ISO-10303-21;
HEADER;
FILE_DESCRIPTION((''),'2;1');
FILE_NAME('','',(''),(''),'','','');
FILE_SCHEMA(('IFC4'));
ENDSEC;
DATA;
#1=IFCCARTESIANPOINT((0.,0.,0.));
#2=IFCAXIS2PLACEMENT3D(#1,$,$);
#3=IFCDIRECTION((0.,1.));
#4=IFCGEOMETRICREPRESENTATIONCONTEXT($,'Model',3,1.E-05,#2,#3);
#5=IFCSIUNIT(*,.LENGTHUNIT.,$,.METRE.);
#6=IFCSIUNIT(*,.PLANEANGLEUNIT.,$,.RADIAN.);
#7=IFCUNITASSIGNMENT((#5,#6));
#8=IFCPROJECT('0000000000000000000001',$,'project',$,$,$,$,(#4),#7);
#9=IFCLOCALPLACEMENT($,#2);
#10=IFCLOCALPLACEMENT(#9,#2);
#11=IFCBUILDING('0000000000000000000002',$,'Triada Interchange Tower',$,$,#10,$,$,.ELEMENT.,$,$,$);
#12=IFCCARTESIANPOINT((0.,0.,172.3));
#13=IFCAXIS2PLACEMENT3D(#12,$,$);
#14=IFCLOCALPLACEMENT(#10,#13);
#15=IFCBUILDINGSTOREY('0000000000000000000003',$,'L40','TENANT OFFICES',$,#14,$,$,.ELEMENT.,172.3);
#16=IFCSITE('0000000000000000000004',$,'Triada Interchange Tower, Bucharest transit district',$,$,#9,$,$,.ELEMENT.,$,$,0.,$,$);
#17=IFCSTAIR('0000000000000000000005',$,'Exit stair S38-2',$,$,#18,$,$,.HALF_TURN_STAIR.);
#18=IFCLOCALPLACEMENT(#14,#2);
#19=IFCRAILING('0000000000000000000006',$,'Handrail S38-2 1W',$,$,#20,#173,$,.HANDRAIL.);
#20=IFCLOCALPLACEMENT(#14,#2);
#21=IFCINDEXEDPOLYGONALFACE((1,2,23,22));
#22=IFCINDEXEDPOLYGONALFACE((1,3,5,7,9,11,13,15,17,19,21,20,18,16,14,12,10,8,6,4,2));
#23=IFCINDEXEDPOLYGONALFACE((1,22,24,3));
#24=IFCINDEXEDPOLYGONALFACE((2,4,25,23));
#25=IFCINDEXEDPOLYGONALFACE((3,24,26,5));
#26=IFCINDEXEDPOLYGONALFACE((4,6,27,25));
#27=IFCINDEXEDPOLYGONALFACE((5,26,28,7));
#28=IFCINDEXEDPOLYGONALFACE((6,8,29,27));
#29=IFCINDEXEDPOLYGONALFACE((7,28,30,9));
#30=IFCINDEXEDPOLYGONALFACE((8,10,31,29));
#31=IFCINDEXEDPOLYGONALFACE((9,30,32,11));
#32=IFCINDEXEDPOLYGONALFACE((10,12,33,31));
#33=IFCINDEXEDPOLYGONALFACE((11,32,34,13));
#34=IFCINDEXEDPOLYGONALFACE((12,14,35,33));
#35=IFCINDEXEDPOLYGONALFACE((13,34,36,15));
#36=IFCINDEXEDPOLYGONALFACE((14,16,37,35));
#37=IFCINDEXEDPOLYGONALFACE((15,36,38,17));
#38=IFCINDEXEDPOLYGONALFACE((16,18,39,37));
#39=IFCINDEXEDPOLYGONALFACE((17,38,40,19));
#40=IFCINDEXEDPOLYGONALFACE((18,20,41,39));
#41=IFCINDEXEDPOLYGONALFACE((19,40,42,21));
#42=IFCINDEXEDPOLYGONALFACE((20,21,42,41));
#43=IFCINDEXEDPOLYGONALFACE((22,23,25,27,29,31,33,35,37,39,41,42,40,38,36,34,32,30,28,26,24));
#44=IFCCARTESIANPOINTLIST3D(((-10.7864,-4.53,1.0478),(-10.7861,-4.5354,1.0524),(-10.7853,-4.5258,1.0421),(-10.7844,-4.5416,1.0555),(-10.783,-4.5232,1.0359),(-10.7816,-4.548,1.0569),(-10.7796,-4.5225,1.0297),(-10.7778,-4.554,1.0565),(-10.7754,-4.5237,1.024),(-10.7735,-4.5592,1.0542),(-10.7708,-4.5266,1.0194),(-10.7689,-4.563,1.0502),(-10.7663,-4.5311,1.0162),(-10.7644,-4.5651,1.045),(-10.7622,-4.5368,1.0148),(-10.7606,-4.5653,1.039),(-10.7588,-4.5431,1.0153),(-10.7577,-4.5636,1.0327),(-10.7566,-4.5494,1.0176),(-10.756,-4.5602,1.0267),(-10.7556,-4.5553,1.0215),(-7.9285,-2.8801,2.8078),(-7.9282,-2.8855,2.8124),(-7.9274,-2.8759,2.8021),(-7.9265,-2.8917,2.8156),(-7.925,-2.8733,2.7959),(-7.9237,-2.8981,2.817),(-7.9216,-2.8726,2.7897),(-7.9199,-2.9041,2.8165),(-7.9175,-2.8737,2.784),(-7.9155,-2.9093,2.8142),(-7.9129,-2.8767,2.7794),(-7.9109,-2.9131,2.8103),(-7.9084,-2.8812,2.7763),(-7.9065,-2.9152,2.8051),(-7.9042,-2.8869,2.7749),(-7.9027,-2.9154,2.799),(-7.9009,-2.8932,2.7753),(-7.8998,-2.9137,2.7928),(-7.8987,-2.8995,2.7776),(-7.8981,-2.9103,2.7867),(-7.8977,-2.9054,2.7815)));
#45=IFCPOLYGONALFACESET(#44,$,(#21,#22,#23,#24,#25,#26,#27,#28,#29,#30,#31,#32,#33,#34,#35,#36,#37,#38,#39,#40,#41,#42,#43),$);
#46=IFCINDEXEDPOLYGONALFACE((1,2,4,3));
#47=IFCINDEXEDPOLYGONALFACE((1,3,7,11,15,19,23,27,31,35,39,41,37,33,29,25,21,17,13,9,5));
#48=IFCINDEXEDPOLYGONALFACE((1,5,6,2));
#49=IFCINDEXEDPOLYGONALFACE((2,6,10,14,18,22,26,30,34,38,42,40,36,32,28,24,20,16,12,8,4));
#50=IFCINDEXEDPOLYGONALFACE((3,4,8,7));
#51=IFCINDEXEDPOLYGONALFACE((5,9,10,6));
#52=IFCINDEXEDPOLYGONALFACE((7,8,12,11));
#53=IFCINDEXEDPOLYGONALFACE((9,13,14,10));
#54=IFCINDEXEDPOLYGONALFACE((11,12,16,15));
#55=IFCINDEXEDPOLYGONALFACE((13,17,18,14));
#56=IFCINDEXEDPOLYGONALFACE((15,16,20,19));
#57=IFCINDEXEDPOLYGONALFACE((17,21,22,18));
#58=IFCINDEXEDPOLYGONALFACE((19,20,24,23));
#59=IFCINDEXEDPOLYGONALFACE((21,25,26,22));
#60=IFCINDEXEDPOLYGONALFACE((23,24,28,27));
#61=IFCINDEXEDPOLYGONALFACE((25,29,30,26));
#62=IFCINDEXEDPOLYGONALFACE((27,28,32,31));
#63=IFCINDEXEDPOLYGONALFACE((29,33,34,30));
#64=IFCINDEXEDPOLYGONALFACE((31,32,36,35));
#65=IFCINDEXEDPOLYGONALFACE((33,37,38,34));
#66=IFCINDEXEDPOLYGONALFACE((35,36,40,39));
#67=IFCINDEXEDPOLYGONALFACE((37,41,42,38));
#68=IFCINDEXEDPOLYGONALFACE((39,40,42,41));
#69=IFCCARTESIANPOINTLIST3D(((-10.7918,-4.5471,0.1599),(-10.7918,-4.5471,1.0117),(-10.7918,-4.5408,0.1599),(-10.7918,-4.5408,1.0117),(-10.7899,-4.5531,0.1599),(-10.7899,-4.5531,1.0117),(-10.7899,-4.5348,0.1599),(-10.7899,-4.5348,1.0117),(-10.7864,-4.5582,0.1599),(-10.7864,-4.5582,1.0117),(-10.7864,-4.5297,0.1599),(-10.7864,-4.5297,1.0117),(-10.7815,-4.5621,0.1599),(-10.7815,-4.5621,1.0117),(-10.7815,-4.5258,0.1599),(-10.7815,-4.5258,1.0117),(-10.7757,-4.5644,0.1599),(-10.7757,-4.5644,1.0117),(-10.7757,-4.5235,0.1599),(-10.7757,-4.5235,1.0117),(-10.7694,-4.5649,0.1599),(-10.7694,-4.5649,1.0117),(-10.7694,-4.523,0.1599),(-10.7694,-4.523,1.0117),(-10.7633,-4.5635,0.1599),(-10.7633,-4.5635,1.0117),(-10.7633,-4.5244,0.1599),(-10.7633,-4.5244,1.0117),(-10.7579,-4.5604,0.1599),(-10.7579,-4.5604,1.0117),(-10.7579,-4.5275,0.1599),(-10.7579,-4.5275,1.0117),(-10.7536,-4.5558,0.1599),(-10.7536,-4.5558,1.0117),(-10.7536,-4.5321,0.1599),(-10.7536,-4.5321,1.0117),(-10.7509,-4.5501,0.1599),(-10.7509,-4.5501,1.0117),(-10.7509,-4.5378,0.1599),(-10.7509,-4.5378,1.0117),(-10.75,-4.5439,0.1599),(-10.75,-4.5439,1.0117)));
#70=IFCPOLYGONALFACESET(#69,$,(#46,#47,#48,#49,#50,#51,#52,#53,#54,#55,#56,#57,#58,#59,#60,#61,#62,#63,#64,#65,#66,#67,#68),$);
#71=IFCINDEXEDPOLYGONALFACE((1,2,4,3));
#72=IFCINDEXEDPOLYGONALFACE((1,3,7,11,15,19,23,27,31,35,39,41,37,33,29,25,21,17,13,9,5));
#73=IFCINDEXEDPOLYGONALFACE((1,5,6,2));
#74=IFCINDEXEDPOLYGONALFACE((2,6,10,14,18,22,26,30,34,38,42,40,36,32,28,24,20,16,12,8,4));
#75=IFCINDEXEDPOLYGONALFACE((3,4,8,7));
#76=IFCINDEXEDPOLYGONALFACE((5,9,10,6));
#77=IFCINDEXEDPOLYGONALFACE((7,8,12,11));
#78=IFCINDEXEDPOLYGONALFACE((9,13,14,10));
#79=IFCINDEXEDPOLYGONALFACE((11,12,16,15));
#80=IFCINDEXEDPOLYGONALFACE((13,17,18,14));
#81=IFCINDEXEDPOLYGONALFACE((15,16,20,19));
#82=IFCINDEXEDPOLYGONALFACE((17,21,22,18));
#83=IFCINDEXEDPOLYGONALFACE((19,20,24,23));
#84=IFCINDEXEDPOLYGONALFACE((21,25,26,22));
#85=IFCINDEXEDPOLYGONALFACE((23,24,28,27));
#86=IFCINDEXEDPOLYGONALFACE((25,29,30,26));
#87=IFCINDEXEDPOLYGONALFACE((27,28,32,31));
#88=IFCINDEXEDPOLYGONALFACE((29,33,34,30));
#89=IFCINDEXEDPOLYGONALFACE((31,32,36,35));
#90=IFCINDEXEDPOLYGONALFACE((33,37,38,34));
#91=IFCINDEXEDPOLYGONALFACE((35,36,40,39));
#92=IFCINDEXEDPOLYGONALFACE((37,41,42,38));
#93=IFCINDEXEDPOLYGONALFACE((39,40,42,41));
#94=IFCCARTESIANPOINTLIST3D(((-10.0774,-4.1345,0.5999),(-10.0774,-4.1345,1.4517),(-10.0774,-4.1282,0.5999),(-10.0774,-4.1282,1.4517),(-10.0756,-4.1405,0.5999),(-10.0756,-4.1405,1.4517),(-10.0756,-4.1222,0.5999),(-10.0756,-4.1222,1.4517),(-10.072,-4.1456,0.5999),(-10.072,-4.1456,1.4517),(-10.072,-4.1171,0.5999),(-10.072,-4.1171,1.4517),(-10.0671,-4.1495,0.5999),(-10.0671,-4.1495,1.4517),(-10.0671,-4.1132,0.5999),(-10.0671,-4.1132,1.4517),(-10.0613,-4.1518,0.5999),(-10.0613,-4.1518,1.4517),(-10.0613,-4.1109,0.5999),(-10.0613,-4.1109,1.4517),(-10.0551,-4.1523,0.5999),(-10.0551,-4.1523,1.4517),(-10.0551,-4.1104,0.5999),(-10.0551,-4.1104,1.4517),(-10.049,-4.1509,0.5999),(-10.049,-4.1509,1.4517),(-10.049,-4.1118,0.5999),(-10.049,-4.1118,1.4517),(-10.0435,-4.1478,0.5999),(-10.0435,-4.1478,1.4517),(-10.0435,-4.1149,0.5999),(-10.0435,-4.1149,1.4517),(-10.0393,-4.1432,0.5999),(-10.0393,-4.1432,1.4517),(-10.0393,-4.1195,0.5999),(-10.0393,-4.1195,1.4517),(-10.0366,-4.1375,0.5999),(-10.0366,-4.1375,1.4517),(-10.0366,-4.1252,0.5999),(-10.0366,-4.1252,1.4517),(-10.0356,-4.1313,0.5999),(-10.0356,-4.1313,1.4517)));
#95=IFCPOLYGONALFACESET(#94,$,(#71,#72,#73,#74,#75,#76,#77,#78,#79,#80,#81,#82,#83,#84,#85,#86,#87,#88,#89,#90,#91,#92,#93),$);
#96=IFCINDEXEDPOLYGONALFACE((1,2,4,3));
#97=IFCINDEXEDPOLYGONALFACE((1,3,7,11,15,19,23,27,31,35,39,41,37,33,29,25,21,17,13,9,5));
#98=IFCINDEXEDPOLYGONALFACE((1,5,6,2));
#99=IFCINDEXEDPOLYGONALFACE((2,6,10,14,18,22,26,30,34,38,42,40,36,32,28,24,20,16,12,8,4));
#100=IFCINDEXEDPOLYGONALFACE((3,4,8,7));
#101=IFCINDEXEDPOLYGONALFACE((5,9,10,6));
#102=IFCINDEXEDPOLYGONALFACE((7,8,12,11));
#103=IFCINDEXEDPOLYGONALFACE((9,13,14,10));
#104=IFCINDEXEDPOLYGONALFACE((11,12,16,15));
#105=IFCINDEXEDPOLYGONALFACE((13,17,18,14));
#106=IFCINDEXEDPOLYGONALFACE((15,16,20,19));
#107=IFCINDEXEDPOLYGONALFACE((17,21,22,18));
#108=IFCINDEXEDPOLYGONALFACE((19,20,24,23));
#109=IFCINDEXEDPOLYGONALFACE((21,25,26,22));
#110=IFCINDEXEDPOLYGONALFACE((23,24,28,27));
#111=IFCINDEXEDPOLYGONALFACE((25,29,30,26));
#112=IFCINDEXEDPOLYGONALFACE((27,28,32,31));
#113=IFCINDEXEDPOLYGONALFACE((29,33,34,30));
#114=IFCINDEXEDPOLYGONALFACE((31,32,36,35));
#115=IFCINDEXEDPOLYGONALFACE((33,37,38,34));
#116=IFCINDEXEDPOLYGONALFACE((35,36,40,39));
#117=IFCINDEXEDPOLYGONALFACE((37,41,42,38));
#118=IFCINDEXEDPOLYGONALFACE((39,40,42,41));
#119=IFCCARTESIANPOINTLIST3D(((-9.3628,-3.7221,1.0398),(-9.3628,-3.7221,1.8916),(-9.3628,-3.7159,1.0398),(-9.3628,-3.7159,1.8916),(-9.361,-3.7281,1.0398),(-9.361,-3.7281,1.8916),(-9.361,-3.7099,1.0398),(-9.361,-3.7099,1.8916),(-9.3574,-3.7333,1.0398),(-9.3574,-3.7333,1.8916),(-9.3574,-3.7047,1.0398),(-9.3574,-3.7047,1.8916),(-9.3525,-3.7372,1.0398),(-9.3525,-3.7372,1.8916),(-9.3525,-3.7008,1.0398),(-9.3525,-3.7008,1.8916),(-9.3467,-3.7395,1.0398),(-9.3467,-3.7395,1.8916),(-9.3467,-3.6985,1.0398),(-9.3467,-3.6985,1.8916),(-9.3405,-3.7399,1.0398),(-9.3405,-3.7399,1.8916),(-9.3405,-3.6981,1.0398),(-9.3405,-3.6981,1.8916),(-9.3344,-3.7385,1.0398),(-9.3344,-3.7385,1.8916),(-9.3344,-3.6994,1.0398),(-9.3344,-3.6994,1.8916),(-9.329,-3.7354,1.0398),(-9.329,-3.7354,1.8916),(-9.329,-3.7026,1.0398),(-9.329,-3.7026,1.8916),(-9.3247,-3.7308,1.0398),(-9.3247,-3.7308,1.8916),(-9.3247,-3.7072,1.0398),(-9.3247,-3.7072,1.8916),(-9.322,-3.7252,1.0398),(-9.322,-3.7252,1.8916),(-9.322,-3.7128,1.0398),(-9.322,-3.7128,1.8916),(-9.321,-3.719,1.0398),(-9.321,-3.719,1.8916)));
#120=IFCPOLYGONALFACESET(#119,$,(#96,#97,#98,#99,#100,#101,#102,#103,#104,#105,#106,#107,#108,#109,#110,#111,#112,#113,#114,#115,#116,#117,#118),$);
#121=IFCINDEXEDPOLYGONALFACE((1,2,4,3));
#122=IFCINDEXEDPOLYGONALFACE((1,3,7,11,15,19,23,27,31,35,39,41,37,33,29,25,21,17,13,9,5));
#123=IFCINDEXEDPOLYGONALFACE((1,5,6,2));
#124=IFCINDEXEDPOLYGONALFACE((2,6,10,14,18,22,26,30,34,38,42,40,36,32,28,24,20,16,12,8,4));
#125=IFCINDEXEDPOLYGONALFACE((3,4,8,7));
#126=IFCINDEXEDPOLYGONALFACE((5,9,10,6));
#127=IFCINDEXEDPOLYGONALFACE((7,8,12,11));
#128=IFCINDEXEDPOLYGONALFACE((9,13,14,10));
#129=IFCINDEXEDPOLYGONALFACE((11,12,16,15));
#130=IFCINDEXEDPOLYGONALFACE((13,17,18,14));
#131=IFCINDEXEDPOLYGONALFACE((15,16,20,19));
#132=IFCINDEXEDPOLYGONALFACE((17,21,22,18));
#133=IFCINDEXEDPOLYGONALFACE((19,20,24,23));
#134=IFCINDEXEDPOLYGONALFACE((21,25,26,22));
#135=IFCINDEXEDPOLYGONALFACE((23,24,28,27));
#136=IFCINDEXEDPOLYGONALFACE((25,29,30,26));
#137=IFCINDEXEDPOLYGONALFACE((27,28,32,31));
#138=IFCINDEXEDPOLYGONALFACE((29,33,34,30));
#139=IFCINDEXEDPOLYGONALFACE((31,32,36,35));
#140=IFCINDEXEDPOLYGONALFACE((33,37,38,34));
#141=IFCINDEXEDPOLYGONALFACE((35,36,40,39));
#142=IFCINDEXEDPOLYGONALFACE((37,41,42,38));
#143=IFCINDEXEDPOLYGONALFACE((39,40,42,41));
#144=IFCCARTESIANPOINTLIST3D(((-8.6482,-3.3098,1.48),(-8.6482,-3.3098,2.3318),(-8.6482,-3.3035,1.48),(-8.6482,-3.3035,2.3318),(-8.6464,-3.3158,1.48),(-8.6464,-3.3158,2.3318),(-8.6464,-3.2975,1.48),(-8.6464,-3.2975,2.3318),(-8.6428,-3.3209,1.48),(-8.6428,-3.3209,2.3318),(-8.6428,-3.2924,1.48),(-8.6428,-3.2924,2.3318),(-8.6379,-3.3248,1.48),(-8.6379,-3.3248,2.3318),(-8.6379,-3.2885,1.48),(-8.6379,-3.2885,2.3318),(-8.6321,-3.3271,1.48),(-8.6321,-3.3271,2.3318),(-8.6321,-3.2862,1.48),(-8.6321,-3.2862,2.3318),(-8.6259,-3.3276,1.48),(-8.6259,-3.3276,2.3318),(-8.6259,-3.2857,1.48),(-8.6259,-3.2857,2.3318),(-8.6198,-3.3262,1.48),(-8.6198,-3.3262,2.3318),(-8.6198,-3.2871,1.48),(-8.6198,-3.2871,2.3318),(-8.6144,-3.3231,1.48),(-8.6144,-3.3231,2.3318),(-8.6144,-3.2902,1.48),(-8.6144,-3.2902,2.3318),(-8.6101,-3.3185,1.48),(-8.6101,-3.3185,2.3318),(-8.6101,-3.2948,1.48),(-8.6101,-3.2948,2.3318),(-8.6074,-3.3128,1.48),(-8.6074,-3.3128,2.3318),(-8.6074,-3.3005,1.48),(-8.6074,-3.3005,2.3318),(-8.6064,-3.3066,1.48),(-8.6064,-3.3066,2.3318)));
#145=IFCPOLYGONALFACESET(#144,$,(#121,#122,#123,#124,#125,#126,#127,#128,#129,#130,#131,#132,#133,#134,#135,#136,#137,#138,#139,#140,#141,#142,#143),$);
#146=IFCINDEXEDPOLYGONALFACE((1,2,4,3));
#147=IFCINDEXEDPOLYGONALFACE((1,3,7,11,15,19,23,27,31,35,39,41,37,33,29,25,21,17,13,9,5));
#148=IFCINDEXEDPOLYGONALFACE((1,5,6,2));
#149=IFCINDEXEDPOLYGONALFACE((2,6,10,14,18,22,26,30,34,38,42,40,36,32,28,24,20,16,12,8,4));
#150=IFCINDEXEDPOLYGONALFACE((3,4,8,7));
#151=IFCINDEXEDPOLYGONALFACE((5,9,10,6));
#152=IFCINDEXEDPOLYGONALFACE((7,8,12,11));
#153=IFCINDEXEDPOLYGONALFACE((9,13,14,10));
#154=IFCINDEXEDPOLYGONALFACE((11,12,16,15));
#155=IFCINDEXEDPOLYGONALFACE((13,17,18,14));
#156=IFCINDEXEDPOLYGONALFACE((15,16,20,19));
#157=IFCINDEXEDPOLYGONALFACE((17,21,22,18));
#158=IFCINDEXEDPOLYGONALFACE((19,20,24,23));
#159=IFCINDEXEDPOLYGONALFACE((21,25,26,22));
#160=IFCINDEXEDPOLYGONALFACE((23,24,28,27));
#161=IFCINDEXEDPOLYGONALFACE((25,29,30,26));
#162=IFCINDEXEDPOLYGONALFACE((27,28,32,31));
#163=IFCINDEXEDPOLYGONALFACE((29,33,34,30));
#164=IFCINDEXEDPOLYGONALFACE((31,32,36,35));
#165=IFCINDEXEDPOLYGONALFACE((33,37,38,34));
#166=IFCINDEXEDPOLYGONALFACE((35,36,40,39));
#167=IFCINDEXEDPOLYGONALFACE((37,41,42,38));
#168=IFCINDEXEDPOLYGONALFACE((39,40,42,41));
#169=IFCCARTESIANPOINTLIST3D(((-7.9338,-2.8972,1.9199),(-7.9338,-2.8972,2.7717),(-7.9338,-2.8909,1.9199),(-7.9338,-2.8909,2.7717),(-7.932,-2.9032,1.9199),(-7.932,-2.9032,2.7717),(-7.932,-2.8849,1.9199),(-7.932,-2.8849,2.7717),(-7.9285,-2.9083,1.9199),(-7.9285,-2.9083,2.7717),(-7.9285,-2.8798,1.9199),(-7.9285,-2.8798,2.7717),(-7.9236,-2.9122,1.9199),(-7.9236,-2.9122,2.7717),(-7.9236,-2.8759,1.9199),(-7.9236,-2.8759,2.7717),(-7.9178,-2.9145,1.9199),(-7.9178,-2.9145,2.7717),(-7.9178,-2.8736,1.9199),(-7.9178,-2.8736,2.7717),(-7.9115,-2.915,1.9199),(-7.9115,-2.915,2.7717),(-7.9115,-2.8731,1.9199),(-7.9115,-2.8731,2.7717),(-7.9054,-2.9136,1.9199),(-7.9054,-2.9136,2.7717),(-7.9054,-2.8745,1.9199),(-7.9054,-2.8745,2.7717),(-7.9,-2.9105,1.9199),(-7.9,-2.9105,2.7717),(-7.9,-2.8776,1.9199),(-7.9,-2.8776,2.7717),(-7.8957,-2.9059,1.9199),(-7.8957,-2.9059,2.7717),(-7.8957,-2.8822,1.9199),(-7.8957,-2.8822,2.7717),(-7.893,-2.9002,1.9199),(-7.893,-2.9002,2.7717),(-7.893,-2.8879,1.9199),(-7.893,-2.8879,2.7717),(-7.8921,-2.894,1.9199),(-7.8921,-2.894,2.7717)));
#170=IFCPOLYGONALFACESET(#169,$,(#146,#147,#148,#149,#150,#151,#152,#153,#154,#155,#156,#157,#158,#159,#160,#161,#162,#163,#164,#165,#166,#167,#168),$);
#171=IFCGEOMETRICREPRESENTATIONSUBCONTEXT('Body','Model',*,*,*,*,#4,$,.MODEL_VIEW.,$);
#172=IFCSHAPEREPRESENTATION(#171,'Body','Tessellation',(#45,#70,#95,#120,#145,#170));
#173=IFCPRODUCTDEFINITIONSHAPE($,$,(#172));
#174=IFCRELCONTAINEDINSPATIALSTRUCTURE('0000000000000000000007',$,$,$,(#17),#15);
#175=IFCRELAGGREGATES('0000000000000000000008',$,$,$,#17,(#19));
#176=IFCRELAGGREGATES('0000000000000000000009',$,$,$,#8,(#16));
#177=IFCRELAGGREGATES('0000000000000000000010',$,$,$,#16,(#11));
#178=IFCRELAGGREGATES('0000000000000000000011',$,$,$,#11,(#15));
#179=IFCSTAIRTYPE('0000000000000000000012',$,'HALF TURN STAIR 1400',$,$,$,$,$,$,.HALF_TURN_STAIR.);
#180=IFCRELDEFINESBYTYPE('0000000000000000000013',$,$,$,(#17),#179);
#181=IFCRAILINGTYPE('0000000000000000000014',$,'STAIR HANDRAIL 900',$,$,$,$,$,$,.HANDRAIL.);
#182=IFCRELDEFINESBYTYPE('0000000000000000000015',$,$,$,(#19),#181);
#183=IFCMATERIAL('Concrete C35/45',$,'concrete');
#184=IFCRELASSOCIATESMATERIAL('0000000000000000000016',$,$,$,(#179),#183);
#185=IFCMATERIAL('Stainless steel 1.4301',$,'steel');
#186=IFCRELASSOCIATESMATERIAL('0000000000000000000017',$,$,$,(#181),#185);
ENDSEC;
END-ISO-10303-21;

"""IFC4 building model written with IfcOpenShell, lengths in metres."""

from ifc_helpers import new_model, si_unit, direction, frame, origin, origin_2d, place, context, subcontext, project, spatial, circle, extrude, material, type_object, element, aggregate, save


model = new_model("IFC4")

# Units and contexts
model_context = context("Model", 3, precision=1e-05, world=origin(), true_north=direction((0.0, 1.0)))
body_context = subcontext(model_context, "Body", "Model", "MODEL_VIEW")
ifc_project = project(units=[si_unit("LENGTHUNIT", "METRE"), si_unit("PLANEANGLEUNIT", "RADIAN")], contexts=[model_context])

# Site, building, storey
site_placement = place(None, origin())
site = spatial("IfcSite", under=ifc_project, at=site_placement, Name="Triada Interchange Tower, Bucharest transit district", CompositionType="ELEMENT", RefElevation=0.0)
building_placement = place(site_placement, origin())
building = spatial("IfcBuilding", under=site, at=building_placement, Name="Triada Interchange Tower", CompositionType="ELEMENT")
storey_placement = place(building_placement, frame((0.0, 0.0, 172.3)))
storey = spatial("IfcBuildingStorey", under=building, at=storey_placement, Name="L40", Description="TENANT OFFICES", CompositionType="ELEMENT", Elevation=172.3)

# Stair, railing
ifc_material_1 = material(Name="Concrete C35/45", Category="concrete")
stair_type = type_object("IfcStairType", Name="HALF TURN STAIR 1400", PredefinedType="HALF_TURN_STAIR", material=ifc_material_1)
stair_placement = place(storey_placement, origin())
stair = element("IfcStair", 1, at=stair_placement, inside=storey, type_object=stair_type, Name="Exit stair S38-2", PredefinedType="HALF_TURN_STAIR")
ifc_material_2 = material(Name="Stainless steel 1.4301", Category="steel")
railing_type = type_object("IfcRailingType", Name="STAIR HANDRAIL 900", PredefinedType="HANDRAIL", material=ifc_material_2)
railing_1_placement = place(storey_placement, frame((-10.771, -4.5439, 0.1599)))
railing_1 = element("IfcRailing", 2, at=railing_1_placement, type_object=railing_type, Name="Handrail S38-2 1W", PredefinedType="HANDRAIL", context=body_context, shape_type="SweptSolid", body=[
    extrude(circle(Radius=0.0239, at=origin_2d()), frame((0.0, 0.0, 0.876), z_axis=(0.764151, 0.441153, 0.470593), x_axis=(-0.499974, 0.86604, 0.0)), (0.0, 0.0, 1.0), 3.74),
    extrude(circle(Radius=0.021, at=origin_2d()), origin(), (0.0, 0.0, 1.0), 0.8518),
    extrude(circle(Radius=0.021, at=origin_2d()), frame((0.7144, 0.4126, 0.4399)), (0.0, 0.0, 1.0), 0.8518),
    extrude(circle(Radius=0.021, at=origin_2d()), frame((1.429, 0.825, 0.8799)), (0.0, 0.0, 1.0), 0.8518),
    extrude(circle(Radius=0.021, at=origin_2d()), frame((2.1436, 1.2373, 1.3201)), (0.0, 0.0, 1.0), 0.8518),
    extrude(circle(Radius=0.021, at=origin_2d()), frame((2.8579, 1.6499, 1.76)), (0.0, 0.0, 1.0), 0.8518),
])
aggregate(stair, [railing_1])

save(model, "model.ifc")
